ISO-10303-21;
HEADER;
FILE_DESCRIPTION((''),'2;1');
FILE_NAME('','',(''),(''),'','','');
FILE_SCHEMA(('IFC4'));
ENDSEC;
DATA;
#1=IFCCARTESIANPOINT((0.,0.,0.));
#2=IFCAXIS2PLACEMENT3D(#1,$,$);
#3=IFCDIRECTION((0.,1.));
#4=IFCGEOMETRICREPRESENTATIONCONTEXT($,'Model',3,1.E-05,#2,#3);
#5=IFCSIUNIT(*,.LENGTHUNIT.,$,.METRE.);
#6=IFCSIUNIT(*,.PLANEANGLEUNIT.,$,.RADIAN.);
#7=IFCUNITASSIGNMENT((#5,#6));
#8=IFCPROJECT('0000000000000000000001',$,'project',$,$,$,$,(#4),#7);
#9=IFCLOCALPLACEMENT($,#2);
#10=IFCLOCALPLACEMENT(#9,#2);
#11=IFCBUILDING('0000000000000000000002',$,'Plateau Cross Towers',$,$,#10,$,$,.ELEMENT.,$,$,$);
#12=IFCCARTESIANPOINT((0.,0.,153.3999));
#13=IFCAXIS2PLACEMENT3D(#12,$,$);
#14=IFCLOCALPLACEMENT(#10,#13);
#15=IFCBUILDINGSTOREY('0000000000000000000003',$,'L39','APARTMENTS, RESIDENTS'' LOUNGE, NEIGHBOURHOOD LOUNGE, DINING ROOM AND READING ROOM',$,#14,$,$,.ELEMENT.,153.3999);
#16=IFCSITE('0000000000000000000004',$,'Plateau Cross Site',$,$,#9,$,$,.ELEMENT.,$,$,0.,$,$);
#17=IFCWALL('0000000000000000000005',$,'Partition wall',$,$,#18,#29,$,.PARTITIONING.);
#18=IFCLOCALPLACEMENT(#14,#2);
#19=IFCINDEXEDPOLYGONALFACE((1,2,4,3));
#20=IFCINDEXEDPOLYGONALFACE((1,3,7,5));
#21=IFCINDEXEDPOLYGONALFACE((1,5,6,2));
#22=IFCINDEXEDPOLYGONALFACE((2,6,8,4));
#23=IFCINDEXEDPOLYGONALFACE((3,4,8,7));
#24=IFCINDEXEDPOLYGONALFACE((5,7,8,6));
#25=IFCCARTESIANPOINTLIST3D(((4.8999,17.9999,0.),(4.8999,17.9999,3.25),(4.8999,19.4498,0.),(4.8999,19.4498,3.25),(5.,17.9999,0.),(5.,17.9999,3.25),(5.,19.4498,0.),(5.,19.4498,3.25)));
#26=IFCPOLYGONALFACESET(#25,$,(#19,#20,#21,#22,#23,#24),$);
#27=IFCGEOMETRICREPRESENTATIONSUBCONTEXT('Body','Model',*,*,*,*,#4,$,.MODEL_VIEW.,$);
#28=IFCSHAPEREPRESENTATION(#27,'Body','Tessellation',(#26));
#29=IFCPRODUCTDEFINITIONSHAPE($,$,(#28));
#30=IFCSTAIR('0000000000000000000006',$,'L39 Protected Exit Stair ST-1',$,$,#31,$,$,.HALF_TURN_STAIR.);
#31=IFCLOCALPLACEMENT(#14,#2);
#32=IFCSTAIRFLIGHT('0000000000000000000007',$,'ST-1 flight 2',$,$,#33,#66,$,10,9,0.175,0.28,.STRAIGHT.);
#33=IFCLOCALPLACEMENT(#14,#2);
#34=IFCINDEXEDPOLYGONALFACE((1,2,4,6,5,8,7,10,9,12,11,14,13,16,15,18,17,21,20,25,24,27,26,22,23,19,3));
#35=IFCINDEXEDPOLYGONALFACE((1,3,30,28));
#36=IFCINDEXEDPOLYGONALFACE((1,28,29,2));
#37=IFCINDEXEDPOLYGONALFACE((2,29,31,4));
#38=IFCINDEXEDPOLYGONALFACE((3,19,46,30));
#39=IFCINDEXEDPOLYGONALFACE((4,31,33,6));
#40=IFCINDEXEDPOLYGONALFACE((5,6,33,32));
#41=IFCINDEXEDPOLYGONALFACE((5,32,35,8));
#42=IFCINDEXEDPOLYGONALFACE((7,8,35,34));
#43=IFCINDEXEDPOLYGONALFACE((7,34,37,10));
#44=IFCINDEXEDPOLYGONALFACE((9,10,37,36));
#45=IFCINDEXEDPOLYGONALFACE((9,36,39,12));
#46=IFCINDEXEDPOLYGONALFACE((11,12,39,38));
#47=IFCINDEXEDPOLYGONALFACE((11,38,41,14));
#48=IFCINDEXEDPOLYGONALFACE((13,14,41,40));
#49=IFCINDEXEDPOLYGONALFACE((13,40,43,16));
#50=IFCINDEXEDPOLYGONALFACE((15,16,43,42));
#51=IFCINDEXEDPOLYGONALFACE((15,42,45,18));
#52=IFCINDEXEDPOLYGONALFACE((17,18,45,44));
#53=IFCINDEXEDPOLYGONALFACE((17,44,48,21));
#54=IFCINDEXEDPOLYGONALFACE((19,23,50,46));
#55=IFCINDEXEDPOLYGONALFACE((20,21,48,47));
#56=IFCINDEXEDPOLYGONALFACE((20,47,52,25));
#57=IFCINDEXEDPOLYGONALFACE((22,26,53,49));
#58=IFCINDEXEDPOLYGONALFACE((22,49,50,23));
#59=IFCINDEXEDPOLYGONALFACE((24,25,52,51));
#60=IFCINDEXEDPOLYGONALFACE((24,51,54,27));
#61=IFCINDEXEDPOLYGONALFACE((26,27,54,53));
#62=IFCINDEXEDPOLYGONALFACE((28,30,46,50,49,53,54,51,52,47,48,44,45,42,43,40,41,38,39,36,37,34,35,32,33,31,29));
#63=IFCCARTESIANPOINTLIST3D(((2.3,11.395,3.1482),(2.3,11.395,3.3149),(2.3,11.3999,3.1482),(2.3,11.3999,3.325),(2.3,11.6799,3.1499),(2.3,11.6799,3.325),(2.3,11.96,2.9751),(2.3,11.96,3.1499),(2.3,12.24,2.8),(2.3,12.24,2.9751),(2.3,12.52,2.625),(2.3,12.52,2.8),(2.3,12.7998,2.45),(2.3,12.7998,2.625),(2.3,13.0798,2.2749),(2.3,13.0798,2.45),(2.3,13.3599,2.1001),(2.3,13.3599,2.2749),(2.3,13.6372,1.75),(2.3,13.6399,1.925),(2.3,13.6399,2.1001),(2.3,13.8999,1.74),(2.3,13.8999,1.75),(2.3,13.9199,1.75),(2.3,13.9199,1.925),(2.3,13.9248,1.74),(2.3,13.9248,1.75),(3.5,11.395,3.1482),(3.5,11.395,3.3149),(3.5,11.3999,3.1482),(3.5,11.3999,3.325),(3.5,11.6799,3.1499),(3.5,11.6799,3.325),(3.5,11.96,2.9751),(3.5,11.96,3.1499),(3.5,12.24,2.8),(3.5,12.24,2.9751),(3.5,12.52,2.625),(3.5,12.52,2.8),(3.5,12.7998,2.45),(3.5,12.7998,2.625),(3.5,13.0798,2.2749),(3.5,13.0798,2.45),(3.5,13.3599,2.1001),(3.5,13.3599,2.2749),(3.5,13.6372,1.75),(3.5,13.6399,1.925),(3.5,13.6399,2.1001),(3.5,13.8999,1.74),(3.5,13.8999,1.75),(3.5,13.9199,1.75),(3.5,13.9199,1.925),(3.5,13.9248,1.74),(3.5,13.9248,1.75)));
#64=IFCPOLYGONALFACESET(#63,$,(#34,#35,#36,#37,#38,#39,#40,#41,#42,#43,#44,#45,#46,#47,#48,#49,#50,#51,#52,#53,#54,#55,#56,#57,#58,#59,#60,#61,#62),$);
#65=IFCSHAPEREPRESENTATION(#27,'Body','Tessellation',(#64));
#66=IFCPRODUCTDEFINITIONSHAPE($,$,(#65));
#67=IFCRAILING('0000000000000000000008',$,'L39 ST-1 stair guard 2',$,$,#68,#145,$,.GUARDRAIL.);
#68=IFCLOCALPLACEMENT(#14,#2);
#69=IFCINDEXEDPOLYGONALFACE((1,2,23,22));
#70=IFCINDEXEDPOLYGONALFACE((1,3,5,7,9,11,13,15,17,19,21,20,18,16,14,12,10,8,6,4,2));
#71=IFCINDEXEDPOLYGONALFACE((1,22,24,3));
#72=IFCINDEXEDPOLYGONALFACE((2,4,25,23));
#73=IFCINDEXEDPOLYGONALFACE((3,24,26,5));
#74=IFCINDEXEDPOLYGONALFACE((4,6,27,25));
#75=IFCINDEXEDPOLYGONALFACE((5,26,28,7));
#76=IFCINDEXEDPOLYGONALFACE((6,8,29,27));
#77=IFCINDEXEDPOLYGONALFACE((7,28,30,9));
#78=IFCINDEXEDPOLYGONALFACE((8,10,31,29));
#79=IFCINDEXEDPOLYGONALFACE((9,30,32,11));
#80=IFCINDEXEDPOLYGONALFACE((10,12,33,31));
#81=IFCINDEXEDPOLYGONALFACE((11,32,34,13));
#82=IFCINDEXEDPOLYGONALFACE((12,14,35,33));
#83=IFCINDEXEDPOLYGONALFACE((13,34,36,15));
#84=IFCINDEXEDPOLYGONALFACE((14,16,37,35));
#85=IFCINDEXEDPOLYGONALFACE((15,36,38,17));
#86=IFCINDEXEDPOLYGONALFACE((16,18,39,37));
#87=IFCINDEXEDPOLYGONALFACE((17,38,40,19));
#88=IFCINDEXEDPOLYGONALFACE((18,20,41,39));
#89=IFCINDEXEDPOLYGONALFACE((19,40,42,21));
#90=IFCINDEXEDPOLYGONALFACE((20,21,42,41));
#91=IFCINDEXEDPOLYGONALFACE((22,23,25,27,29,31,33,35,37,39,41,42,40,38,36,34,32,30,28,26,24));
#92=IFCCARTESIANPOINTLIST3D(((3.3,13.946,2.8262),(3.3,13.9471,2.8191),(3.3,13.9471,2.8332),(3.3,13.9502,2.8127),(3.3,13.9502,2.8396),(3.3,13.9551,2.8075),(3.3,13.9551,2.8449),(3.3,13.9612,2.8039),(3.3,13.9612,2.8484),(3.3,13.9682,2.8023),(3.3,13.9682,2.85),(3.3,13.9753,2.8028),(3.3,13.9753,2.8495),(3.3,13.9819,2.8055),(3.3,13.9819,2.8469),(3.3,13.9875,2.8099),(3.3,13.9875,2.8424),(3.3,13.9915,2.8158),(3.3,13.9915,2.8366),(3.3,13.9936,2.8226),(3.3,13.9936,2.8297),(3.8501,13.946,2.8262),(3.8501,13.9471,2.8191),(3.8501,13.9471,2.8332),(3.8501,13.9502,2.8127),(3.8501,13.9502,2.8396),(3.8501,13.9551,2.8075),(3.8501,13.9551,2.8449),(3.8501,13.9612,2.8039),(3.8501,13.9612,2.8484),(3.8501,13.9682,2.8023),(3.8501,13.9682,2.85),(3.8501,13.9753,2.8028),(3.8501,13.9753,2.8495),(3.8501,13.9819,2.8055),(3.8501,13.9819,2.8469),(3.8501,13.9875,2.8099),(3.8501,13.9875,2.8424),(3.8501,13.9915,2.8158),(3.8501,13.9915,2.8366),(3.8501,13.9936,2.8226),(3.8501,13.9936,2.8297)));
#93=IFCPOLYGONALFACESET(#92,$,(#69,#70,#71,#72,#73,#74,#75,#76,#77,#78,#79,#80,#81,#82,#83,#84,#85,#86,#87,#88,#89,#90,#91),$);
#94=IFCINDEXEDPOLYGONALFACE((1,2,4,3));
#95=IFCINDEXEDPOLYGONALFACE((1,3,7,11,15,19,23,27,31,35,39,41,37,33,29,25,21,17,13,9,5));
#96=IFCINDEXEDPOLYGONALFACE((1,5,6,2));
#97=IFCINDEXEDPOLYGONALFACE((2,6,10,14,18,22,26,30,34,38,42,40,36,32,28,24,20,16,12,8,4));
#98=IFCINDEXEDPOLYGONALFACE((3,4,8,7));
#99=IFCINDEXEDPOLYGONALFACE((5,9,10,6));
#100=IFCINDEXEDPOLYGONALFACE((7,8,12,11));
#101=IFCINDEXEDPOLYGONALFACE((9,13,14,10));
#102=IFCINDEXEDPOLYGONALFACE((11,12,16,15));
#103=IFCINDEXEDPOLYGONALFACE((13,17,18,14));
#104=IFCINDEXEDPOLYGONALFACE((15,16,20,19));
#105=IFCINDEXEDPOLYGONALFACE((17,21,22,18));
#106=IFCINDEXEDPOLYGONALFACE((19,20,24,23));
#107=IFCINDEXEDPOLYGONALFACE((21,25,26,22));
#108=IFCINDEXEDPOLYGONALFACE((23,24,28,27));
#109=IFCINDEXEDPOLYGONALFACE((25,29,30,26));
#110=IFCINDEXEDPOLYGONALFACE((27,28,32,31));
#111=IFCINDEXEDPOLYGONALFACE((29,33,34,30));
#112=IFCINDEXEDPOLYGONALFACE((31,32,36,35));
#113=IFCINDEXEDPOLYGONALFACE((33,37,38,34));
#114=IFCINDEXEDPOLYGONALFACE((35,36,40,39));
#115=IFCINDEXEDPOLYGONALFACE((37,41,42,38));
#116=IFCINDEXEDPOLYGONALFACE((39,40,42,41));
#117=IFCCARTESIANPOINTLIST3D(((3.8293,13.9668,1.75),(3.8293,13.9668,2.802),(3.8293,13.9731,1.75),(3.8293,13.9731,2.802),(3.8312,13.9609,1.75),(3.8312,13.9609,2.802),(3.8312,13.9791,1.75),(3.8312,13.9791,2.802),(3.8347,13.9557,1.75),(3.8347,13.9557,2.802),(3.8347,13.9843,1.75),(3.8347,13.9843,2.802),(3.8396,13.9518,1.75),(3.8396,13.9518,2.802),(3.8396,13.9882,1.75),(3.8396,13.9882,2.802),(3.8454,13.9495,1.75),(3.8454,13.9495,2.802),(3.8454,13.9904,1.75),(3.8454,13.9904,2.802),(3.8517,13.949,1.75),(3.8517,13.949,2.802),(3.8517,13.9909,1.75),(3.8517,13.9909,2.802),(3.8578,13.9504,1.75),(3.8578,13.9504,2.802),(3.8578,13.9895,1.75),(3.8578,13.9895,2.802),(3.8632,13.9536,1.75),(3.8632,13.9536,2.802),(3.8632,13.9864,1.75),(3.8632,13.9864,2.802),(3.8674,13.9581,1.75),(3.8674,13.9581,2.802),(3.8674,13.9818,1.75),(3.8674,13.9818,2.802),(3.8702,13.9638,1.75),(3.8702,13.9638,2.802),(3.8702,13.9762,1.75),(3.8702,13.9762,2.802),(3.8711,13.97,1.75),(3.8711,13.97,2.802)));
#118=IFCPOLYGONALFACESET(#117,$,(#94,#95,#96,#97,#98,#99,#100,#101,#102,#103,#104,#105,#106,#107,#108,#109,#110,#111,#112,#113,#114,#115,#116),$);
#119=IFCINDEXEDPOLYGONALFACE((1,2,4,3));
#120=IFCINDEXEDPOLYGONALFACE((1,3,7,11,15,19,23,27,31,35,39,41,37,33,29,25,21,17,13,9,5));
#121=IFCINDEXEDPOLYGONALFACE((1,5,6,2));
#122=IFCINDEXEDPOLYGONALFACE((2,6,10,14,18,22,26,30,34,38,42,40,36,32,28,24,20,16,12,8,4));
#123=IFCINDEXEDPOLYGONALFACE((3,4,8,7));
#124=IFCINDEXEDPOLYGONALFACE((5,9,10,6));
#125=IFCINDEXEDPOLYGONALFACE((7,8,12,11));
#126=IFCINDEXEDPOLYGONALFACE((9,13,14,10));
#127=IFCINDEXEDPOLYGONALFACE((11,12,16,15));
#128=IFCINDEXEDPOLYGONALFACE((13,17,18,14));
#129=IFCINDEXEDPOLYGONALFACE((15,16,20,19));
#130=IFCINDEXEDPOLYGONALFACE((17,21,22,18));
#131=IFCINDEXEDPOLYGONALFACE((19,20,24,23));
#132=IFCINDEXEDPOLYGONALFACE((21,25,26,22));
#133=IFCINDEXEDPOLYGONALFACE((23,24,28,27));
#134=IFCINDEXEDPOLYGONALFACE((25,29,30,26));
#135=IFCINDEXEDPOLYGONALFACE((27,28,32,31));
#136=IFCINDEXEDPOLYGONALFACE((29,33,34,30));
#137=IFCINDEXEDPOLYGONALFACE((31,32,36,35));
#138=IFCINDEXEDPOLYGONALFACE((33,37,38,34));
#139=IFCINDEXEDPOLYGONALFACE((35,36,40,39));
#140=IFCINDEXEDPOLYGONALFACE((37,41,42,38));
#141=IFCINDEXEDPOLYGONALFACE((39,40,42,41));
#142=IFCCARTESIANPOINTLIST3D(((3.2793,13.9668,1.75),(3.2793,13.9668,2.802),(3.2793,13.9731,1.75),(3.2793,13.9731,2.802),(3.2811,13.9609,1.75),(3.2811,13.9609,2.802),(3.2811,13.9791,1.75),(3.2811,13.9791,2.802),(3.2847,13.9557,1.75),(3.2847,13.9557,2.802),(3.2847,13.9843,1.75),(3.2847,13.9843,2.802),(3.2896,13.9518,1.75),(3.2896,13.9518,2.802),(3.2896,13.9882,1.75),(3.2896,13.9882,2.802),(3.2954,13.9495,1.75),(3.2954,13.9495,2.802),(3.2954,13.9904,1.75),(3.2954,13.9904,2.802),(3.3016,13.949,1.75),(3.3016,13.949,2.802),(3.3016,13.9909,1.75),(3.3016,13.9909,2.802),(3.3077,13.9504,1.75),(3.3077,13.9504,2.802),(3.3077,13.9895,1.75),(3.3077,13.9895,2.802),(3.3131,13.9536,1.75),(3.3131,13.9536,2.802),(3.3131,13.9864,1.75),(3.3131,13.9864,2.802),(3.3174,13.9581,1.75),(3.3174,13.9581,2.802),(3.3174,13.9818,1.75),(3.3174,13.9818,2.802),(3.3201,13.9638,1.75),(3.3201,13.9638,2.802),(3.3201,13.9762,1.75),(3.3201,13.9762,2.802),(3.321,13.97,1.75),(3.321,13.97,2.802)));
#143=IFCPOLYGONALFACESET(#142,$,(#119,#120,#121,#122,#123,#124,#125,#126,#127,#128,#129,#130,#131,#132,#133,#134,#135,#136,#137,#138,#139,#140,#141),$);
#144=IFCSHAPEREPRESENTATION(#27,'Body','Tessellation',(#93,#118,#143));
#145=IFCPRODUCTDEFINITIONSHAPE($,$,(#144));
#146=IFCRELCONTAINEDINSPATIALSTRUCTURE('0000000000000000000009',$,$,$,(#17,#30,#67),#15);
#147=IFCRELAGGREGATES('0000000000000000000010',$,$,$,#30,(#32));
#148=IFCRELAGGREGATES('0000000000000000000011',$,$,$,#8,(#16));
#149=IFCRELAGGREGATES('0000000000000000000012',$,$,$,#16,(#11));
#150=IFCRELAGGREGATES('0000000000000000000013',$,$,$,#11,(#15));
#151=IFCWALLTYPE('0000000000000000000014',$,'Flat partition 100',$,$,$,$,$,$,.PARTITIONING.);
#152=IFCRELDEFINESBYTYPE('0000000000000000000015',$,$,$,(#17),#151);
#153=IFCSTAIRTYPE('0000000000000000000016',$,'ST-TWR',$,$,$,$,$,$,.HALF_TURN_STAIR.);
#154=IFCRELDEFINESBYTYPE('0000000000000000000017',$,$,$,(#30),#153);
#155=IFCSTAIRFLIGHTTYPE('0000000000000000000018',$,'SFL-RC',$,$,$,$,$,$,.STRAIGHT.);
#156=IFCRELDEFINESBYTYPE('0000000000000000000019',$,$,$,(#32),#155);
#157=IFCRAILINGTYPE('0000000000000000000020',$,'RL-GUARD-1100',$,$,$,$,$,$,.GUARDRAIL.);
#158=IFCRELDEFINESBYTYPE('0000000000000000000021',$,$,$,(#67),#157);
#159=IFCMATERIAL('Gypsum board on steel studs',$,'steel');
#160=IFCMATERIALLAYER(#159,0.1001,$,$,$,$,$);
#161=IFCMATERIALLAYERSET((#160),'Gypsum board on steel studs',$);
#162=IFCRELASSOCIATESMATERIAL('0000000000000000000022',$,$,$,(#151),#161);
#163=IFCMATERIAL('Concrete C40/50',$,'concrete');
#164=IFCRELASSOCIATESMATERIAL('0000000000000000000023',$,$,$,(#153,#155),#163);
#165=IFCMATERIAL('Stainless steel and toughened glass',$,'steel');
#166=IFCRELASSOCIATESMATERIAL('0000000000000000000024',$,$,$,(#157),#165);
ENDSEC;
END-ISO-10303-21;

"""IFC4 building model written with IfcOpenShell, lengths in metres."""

from ifc_helpers import new_model, si_unit, direction, frame, frame_2d, origin, origin_2d, place, context, subcontext, project, spatial, polyline, rectangle, circle, outline, extrude, material, layer, layer_set, type_object, element, aggregate, save


model = new_model("IFC4")

# Units and contexts
model_context = context("Model", 3, precision=1e-05, world=origin(), true_north=direction((0.0, 1.0)))
body_context = subcontext(model_context, "Body", "Model", "MODEL_VIEW")
ifc_project = project(units=[si_unit("LENGTHUNIT", "METRE"), si_unit("PLANEANGLEUNIT", "RADIAN")], contexts=[model_context])

# Site, building, storey
site_placement = place(None, origin())
site = spatial("IfcSite", under=ifc_project, at=site_placement, Name="Plateau Cross Site", CompositionType="ELEMENT", RefElevation=0.0)
building_placement = place(site_placement, origin())
building = spatial("IfcBuilding", under=site, at=building_placement, Name="Plateau Cross Towers", CompositionType="ELEMENT")
storey_placement = place(building_placement, frame((0.0, 0.0, 153.3999)))
storey = spatial("IfcBuildingStorey", under=building, at=storey_placement, Name="L39", Description="APARTMENTS, RESIDENTS' LOUNGE, NEIGHBOURHOOD LOUNGE, DINING ROOM AND READING ROOM", CompositionType="ELEMENT", Elevation=153.3999)

# Shared definitions
ifc_material_1 = material(Name="Gypsum board on steel studs", Category="steel")
ifc_layer_1 = layer(ifc_material_1, 0.1001)
ifc_layer_set_1 = layer_set([ifc_layer_1], Name="Gypsum board on steel studs")
wall_type_1 = type_object("IfcWallType", Name="Flat partition 100", PredefinedType="PARTITIONING", material=ifc_layer_set_1)

# Wall
wall_1_placement = place(storey_placement, frame((4.95, 19.45, 0.0), z_axis=(0.0, 0.0, 1.0), x_axis=(0.0, -1.0, 0.0)))
element("IfcWall", 1, at=wall_1_placement, inside=storey, type_object=wall_type_1, Name="Partition wall", PredefinedType="PARTITIONING", context=body_context, shape_type="SweptSolid", body=[
    extrude(rectangle(XDim=1.45, YDim=0.1001, at=frame_2d((0.7251, 0.0))), origin(), (0.0, 0.0, 1.0), 3.25),
])

# Stair, stair flight
ifc_material_2 = material(Name="Concrete C40/50", Category="concrete")
stair_type = type_object("IfcStairType", Name="ST-TWR", PredefinedType="HALF_TURN_STAIR", material=ifc_material_2)
stair_placement = place(storey_placement, origin())
stair = element("IfcStair", 2, at=stair_placement, inside=storey, type_object=stair_type, Name="L39 Protected Exit Stair ST-1", PredefinedType="HALF_TURN_STAIR")
stair_flight_type = type_object("IfcStairFlightType", Name="SFL-RC", PredefinedType="STRAIGHT", material=ifc_material_2)
stair_flight_placement = place(storey_placement, frame((2.8999, 13.9199, 1.75), z_axis=(0.0, 0.0, 1.0), x_axis=(0.0, -1.0, 0.0)))
stair_flight = element("IfcStairFlight", 3, at=stair_flight_placement, type_object=stair_flight_type, Name="ST-1 flight 2", NumberOfRisers=10, NumberOfTreads=9, PredefinedType="STRAIGHT", RiserHeight=0.175, TreadLength=0.28, context=body_context, shape_type="SweptSolid", body=[
    extrude(outline(polyline([(-0.0049, -0.01), (-0.0049, 0.0), (0.0, 0.0), (0.0, 0.175), (0.28, 0.175), (0.28, 0.3501), (0.5601, 0.3501), (0.5601, 0.5249), (0.8401, 0.5249), (0.8401, 0.7), (1.1201, 0.7), (1.1201, 0.875), (1.3999, 0.875), (1.3999, 1.05), (1.6799, 1.05), (1.6799, 1.2251), (1.96, 1.2251), (1.96, 1.3999), (2.24, 1.3999), (2.24, 1.575), (2.52, 1.575), (2.5249, 1.5649), (2.5249, 1.3982), (2.52, 1.3982), (0.2827, 0.0), (0.02, 0.0), (0.02, -0.01), (-0.0049, -0.01)])), frame((0.0, 0.6001, 0.0), z_axis=(0.0, -1.0, 0.0), x_axis=(1.0, 0.0, 0.0)), (0.0, 0.0, 1.0), 1.2),
])
aggregate(stair, [stair_flight])

# Railing
ifc_material_3 = material(Name="Stainless steel and toughened glass", Category="steel")
railing_type = type_object("IfcRailingType", Name="RL-GUARD-1100", PredefinedType="GUARDRAIL", material=ifc_material_3)
railing_1_placement = place(storey_placement, frame((3.8501, 13.97, 1.75)))
element("IfcRailing", 4, at=railing_1_placement, inside=storey, type_object=railing_type, Name="L39 ST-1 stair guard 2", PredefinedType="GUARDRAIL", context=body_context, shape_type="SweptSolid", body=[
    extrude(circle(Radius=0.0239, at=origin_2d()), frame((0.0, 0.0, 1.0762), z_axis=(-1.0, 0.0, 0.0), x_axis=(0.0, -1.0, 0.0)), (0.0, 0.0, 1.0), 0.55),
    extrude(circle(Radius=0.021, at=origin_2d()), origin(), (0.0, 0.0, 1.0), 1.052),
    extrude(circle(Radius=0.021, at=origin_2d()), frame((-0.55, 0.0, 0.0)), (0.0, 0.0, 1.0), 1.052),
])

save(model, "model.ifc")
